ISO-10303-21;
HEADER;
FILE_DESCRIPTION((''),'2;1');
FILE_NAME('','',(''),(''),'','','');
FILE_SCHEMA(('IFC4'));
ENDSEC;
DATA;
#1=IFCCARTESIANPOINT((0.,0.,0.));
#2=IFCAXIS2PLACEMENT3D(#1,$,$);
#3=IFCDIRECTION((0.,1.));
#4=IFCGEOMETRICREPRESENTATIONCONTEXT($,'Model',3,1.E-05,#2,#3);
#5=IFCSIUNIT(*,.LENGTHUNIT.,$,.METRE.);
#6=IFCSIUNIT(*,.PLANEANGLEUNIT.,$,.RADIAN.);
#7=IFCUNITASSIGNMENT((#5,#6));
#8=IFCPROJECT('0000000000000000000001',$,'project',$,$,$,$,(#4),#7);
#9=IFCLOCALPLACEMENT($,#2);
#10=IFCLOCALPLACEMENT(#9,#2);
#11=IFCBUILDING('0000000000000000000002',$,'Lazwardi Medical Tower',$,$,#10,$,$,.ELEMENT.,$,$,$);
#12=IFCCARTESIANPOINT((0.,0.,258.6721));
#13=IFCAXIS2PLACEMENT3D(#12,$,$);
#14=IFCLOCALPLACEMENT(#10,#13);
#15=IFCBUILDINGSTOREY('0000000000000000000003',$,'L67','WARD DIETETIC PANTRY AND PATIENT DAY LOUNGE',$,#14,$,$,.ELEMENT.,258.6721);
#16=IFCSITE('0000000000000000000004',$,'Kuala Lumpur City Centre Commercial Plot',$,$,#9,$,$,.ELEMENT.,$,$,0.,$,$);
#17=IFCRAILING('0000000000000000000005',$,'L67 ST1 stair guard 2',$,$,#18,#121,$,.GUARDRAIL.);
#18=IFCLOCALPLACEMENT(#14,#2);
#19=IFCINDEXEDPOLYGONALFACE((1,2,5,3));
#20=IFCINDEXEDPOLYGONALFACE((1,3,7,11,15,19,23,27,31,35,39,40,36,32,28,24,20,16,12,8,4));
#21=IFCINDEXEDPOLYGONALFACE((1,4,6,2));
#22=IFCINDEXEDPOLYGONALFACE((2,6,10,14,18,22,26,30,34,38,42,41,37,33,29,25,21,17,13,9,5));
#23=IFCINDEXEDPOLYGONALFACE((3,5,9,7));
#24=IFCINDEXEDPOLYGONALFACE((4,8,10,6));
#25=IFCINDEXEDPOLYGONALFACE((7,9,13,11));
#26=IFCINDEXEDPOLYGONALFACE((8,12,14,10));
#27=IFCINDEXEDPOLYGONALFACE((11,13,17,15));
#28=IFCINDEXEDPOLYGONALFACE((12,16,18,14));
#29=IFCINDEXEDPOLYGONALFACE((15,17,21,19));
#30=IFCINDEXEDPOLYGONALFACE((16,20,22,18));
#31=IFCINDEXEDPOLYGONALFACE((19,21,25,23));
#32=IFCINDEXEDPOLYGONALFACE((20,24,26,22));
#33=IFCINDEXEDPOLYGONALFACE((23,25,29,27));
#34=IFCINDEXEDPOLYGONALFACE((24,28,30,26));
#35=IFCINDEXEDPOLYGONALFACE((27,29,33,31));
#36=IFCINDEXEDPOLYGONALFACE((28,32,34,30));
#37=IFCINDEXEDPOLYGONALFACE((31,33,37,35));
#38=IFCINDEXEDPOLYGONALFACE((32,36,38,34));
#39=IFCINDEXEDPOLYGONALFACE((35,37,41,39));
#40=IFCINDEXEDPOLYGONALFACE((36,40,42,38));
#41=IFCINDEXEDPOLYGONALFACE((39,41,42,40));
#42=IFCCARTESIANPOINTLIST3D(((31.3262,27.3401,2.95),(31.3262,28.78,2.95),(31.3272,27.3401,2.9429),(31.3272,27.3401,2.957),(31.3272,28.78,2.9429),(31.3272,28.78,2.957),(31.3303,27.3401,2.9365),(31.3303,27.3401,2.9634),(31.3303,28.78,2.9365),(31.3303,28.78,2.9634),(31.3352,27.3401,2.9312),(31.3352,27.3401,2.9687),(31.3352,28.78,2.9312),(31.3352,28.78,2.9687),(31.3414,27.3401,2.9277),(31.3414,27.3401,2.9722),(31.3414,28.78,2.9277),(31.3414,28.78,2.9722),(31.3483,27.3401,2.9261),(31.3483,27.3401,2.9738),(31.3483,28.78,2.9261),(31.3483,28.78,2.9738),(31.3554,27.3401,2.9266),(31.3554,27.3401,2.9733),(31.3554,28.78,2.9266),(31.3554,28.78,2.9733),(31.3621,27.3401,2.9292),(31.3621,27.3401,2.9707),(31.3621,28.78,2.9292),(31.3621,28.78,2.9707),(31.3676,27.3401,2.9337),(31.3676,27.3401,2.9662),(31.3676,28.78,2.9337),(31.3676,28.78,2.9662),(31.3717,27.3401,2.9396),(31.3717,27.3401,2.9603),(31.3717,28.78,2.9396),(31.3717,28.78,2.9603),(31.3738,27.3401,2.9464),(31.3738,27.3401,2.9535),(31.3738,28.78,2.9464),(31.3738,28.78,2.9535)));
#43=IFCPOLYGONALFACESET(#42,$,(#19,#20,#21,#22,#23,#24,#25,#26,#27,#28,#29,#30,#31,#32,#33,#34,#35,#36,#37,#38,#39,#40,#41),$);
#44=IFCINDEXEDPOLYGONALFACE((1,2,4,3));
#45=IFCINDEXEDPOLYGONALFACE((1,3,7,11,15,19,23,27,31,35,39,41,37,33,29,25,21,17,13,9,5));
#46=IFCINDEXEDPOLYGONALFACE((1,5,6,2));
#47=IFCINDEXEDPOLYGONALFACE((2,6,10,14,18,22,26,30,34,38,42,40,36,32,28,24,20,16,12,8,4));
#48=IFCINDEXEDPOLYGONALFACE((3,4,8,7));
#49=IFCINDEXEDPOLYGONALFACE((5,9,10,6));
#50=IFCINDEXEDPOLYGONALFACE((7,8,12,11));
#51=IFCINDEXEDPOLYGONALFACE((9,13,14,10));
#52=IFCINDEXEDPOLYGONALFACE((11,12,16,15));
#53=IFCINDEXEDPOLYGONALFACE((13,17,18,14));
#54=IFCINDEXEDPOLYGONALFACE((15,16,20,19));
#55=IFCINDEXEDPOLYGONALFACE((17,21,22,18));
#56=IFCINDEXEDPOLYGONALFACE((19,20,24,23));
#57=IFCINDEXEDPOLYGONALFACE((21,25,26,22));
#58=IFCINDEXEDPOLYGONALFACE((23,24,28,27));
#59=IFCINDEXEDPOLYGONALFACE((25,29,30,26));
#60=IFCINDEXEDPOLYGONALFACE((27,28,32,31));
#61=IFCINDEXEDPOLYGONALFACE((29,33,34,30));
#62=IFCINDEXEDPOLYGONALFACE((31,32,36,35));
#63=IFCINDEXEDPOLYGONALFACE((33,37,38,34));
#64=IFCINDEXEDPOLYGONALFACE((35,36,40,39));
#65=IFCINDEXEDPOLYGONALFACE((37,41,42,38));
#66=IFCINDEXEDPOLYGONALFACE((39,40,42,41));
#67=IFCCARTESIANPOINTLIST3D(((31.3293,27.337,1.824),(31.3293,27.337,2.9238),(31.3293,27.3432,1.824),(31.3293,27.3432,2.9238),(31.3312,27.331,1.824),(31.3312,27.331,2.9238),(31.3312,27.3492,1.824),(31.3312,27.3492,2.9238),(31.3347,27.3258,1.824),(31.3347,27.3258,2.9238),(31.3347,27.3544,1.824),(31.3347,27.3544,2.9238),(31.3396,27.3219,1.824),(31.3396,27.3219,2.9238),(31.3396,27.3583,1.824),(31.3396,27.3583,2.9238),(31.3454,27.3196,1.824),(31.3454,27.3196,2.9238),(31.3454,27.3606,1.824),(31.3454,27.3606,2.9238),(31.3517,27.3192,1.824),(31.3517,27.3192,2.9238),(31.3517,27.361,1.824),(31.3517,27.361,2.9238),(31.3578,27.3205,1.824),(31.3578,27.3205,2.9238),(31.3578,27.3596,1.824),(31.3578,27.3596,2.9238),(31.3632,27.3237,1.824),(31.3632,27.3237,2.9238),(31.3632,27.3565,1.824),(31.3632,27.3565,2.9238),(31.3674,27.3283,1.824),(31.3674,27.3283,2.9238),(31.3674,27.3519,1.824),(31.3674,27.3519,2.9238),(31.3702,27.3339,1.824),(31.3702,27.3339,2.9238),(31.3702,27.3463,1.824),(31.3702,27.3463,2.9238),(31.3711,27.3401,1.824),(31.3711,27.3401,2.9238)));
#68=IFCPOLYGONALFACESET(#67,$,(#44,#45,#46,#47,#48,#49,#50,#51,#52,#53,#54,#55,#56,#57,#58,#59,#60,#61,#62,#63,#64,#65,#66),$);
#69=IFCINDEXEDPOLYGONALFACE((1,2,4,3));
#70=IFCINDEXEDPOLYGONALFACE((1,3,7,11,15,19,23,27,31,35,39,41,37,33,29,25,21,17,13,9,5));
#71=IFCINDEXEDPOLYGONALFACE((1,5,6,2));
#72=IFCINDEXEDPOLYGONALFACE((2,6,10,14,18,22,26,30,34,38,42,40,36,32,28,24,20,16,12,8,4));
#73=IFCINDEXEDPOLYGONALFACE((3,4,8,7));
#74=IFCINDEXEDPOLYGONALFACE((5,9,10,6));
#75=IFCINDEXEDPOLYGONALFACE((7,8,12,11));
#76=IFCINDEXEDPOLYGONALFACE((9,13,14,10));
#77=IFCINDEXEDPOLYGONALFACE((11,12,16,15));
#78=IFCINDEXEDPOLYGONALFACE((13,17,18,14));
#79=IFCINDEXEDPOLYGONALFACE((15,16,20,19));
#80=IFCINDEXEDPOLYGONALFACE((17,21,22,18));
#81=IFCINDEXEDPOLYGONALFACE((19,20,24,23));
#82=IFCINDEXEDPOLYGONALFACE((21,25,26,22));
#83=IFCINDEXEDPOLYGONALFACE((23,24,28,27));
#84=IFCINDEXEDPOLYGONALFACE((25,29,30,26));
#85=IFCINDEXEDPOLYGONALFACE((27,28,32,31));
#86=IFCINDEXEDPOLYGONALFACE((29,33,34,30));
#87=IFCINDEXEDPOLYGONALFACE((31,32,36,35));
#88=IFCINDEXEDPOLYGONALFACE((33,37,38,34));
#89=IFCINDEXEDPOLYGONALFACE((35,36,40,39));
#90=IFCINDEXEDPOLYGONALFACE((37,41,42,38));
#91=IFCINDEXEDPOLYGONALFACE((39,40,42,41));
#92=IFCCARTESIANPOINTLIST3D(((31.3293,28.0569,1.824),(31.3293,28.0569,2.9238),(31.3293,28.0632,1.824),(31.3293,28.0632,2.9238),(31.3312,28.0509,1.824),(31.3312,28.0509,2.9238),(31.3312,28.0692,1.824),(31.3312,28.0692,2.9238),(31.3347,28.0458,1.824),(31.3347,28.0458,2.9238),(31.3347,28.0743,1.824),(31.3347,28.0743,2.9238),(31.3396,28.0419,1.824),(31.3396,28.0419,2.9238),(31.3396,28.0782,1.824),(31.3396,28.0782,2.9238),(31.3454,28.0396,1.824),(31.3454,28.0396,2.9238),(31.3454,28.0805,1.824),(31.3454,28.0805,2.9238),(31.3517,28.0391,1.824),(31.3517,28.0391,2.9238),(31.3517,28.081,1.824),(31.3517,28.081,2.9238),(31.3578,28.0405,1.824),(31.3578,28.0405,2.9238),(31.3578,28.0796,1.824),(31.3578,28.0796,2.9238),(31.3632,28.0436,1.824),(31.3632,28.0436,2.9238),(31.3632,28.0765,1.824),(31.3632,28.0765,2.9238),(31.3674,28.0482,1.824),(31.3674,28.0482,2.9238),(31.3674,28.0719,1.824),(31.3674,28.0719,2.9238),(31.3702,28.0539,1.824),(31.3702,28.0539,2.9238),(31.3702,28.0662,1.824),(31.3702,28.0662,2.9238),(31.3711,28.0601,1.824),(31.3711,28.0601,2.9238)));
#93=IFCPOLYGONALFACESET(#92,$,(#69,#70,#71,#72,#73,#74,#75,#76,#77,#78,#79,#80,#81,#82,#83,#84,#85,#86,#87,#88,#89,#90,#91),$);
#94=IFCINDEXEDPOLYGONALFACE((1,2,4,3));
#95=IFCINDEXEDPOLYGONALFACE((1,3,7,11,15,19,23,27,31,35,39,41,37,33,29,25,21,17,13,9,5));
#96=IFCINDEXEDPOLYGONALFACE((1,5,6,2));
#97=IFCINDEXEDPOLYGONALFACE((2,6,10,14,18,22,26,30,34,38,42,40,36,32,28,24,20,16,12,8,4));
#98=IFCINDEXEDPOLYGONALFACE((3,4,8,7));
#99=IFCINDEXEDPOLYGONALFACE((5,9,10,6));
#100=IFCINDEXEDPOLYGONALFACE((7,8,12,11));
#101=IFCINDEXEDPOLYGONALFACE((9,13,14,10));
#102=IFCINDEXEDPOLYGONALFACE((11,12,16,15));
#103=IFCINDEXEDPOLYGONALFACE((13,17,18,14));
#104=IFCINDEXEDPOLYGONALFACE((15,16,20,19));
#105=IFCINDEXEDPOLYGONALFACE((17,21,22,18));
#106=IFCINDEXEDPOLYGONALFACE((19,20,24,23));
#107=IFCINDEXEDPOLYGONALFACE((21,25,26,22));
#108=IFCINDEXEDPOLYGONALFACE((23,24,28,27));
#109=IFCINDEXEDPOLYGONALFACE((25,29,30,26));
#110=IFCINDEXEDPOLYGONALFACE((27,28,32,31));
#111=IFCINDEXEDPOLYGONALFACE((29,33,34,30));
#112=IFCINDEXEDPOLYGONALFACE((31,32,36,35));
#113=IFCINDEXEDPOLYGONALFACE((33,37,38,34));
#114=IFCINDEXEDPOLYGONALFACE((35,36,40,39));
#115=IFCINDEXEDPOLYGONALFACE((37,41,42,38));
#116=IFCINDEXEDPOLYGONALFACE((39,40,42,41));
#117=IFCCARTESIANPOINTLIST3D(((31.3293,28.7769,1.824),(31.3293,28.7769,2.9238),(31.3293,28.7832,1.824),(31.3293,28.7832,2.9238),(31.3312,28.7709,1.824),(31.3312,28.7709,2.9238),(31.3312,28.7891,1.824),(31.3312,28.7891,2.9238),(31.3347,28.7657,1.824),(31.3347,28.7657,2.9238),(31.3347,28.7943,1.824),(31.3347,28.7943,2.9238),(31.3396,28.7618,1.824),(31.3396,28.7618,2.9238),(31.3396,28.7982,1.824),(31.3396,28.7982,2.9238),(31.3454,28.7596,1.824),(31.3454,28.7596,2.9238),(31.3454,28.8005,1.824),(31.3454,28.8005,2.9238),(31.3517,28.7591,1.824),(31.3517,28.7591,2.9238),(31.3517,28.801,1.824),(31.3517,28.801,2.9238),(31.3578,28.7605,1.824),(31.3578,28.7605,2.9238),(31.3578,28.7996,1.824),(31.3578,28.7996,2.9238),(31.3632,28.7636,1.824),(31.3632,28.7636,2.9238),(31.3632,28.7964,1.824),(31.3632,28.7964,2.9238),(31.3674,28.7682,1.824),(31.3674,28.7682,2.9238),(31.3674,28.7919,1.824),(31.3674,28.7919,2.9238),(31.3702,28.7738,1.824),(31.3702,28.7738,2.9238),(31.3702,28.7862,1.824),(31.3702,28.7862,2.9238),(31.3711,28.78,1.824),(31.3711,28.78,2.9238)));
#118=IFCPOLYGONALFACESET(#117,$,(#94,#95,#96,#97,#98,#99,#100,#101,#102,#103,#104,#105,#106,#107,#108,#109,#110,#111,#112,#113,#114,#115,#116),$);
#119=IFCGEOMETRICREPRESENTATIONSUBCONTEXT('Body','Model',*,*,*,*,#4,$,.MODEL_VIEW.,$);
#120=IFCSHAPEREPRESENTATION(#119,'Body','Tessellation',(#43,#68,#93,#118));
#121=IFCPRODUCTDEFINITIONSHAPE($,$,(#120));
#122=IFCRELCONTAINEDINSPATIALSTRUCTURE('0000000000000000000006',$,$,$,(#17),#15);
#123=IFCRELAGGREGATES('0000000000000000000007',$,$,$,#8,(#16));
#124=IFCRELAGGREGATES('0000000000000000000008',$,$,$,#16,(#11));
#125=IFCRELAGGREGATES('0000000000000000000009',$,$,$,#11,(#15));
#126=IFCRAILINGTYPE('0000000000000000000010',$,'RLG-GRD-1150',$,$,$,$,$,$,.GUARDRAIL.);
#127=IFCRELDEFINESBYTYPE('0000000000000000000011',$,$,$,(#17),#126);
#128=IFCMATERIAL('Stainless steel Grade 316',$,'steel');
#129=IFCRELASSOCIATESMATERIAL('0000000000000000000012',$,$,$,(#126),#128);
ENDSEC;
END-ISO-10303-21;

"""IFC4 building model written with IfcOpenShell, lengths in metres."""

from ifc_helpers import new_model, si_unit, direction, frame, origin, origin_2d, place, context, subcontext, project, spatial, circle, extrude, material, type_object, element, save


model = new_model("IFC4")

# Units and contexts
model_context = context("Model", 3, precision=1e-05, world=origin(), true_north=direction((0.0, 1.0)))
body_context = subcontext(model_context, "Body", "Model", "MODEL_VIEW")
ifc_project = project(units=[si_unit("LENGTHUNIT", "METRE"), si_unit("PLANEANGLEUNIT", "RADIAN")], contexts=[model_context])

# Site, building, storey
site_placement = place(None, origin())
site = spatial("IfcSite", under=ifc_project, at=site_placement, Name="Kuala Lumpur City Centre Commercial Plot", CompositionType="ELEMENT", RefElevation=0.0)
building_placement = place(site_placement, origin())
building = spatial("IfcBuilding", under=site, at=building_placement, Name="Lazwardi Medical Tower", CompositionType="ELEMENT")
storey_placement = place(building_placement, frame((0.0, 0.0, 258.6721)))
storey = spatial("IfcBuildingStorey", under=building, at=storey_placement, Name="L67", Description="WARD DIETETIC PANTRY AND PATIENT DAY LOUNGE", CompositionType="ELEMENT", Elevation=258.6721)

# Railing
ifc_material_1 = material(Name="Stainless steel Grade 316", Category="steel")
railing_type_1 = type_object("IfcRailingType", Name="RLG-GRD-1150", PredefinedType="GUARDRAIL", material=ifc_material_1)
railing_1_placement = place(storey_placement, frame((31.3501, 27.3401, 1.824)))
element("IfcRailing", 1, at=railing_1_placement, inside=storey, type_object=railing_type_1, Name="L67 ST1 stair guard 2", PredefinedType="GUARDRAIL", context=body_context, shape_type="SweptSolid", body=[
    extrude(circle(Radius=0.0239, at=origin_2d()), frame((0.0, 0.0, 1.126), z_axis=(0.0, 1.0, 0.0), x_axis=(-1.0, 0.0, 0.0)), (0.0, 0.0, 1.0), 1.4399),
    extrude(circle(Radius=0.021, at=origin_2d()), origin(), (0.0, 0.0, 1.0), 1.0999),
    extrude(circle(Radius=0.021, at=origin_2d()), frame((0.0, 0.72, 0.0)), (0.0, 0.0, 1.0), 1.0999),
    extrude(circle(Radius=0.021, at=origin_2d()), frame((0.0, 1.4399, 0.0)), (0.0, 0.0, 1.0), 1.0999),
])

save(model, "model.ifc")
